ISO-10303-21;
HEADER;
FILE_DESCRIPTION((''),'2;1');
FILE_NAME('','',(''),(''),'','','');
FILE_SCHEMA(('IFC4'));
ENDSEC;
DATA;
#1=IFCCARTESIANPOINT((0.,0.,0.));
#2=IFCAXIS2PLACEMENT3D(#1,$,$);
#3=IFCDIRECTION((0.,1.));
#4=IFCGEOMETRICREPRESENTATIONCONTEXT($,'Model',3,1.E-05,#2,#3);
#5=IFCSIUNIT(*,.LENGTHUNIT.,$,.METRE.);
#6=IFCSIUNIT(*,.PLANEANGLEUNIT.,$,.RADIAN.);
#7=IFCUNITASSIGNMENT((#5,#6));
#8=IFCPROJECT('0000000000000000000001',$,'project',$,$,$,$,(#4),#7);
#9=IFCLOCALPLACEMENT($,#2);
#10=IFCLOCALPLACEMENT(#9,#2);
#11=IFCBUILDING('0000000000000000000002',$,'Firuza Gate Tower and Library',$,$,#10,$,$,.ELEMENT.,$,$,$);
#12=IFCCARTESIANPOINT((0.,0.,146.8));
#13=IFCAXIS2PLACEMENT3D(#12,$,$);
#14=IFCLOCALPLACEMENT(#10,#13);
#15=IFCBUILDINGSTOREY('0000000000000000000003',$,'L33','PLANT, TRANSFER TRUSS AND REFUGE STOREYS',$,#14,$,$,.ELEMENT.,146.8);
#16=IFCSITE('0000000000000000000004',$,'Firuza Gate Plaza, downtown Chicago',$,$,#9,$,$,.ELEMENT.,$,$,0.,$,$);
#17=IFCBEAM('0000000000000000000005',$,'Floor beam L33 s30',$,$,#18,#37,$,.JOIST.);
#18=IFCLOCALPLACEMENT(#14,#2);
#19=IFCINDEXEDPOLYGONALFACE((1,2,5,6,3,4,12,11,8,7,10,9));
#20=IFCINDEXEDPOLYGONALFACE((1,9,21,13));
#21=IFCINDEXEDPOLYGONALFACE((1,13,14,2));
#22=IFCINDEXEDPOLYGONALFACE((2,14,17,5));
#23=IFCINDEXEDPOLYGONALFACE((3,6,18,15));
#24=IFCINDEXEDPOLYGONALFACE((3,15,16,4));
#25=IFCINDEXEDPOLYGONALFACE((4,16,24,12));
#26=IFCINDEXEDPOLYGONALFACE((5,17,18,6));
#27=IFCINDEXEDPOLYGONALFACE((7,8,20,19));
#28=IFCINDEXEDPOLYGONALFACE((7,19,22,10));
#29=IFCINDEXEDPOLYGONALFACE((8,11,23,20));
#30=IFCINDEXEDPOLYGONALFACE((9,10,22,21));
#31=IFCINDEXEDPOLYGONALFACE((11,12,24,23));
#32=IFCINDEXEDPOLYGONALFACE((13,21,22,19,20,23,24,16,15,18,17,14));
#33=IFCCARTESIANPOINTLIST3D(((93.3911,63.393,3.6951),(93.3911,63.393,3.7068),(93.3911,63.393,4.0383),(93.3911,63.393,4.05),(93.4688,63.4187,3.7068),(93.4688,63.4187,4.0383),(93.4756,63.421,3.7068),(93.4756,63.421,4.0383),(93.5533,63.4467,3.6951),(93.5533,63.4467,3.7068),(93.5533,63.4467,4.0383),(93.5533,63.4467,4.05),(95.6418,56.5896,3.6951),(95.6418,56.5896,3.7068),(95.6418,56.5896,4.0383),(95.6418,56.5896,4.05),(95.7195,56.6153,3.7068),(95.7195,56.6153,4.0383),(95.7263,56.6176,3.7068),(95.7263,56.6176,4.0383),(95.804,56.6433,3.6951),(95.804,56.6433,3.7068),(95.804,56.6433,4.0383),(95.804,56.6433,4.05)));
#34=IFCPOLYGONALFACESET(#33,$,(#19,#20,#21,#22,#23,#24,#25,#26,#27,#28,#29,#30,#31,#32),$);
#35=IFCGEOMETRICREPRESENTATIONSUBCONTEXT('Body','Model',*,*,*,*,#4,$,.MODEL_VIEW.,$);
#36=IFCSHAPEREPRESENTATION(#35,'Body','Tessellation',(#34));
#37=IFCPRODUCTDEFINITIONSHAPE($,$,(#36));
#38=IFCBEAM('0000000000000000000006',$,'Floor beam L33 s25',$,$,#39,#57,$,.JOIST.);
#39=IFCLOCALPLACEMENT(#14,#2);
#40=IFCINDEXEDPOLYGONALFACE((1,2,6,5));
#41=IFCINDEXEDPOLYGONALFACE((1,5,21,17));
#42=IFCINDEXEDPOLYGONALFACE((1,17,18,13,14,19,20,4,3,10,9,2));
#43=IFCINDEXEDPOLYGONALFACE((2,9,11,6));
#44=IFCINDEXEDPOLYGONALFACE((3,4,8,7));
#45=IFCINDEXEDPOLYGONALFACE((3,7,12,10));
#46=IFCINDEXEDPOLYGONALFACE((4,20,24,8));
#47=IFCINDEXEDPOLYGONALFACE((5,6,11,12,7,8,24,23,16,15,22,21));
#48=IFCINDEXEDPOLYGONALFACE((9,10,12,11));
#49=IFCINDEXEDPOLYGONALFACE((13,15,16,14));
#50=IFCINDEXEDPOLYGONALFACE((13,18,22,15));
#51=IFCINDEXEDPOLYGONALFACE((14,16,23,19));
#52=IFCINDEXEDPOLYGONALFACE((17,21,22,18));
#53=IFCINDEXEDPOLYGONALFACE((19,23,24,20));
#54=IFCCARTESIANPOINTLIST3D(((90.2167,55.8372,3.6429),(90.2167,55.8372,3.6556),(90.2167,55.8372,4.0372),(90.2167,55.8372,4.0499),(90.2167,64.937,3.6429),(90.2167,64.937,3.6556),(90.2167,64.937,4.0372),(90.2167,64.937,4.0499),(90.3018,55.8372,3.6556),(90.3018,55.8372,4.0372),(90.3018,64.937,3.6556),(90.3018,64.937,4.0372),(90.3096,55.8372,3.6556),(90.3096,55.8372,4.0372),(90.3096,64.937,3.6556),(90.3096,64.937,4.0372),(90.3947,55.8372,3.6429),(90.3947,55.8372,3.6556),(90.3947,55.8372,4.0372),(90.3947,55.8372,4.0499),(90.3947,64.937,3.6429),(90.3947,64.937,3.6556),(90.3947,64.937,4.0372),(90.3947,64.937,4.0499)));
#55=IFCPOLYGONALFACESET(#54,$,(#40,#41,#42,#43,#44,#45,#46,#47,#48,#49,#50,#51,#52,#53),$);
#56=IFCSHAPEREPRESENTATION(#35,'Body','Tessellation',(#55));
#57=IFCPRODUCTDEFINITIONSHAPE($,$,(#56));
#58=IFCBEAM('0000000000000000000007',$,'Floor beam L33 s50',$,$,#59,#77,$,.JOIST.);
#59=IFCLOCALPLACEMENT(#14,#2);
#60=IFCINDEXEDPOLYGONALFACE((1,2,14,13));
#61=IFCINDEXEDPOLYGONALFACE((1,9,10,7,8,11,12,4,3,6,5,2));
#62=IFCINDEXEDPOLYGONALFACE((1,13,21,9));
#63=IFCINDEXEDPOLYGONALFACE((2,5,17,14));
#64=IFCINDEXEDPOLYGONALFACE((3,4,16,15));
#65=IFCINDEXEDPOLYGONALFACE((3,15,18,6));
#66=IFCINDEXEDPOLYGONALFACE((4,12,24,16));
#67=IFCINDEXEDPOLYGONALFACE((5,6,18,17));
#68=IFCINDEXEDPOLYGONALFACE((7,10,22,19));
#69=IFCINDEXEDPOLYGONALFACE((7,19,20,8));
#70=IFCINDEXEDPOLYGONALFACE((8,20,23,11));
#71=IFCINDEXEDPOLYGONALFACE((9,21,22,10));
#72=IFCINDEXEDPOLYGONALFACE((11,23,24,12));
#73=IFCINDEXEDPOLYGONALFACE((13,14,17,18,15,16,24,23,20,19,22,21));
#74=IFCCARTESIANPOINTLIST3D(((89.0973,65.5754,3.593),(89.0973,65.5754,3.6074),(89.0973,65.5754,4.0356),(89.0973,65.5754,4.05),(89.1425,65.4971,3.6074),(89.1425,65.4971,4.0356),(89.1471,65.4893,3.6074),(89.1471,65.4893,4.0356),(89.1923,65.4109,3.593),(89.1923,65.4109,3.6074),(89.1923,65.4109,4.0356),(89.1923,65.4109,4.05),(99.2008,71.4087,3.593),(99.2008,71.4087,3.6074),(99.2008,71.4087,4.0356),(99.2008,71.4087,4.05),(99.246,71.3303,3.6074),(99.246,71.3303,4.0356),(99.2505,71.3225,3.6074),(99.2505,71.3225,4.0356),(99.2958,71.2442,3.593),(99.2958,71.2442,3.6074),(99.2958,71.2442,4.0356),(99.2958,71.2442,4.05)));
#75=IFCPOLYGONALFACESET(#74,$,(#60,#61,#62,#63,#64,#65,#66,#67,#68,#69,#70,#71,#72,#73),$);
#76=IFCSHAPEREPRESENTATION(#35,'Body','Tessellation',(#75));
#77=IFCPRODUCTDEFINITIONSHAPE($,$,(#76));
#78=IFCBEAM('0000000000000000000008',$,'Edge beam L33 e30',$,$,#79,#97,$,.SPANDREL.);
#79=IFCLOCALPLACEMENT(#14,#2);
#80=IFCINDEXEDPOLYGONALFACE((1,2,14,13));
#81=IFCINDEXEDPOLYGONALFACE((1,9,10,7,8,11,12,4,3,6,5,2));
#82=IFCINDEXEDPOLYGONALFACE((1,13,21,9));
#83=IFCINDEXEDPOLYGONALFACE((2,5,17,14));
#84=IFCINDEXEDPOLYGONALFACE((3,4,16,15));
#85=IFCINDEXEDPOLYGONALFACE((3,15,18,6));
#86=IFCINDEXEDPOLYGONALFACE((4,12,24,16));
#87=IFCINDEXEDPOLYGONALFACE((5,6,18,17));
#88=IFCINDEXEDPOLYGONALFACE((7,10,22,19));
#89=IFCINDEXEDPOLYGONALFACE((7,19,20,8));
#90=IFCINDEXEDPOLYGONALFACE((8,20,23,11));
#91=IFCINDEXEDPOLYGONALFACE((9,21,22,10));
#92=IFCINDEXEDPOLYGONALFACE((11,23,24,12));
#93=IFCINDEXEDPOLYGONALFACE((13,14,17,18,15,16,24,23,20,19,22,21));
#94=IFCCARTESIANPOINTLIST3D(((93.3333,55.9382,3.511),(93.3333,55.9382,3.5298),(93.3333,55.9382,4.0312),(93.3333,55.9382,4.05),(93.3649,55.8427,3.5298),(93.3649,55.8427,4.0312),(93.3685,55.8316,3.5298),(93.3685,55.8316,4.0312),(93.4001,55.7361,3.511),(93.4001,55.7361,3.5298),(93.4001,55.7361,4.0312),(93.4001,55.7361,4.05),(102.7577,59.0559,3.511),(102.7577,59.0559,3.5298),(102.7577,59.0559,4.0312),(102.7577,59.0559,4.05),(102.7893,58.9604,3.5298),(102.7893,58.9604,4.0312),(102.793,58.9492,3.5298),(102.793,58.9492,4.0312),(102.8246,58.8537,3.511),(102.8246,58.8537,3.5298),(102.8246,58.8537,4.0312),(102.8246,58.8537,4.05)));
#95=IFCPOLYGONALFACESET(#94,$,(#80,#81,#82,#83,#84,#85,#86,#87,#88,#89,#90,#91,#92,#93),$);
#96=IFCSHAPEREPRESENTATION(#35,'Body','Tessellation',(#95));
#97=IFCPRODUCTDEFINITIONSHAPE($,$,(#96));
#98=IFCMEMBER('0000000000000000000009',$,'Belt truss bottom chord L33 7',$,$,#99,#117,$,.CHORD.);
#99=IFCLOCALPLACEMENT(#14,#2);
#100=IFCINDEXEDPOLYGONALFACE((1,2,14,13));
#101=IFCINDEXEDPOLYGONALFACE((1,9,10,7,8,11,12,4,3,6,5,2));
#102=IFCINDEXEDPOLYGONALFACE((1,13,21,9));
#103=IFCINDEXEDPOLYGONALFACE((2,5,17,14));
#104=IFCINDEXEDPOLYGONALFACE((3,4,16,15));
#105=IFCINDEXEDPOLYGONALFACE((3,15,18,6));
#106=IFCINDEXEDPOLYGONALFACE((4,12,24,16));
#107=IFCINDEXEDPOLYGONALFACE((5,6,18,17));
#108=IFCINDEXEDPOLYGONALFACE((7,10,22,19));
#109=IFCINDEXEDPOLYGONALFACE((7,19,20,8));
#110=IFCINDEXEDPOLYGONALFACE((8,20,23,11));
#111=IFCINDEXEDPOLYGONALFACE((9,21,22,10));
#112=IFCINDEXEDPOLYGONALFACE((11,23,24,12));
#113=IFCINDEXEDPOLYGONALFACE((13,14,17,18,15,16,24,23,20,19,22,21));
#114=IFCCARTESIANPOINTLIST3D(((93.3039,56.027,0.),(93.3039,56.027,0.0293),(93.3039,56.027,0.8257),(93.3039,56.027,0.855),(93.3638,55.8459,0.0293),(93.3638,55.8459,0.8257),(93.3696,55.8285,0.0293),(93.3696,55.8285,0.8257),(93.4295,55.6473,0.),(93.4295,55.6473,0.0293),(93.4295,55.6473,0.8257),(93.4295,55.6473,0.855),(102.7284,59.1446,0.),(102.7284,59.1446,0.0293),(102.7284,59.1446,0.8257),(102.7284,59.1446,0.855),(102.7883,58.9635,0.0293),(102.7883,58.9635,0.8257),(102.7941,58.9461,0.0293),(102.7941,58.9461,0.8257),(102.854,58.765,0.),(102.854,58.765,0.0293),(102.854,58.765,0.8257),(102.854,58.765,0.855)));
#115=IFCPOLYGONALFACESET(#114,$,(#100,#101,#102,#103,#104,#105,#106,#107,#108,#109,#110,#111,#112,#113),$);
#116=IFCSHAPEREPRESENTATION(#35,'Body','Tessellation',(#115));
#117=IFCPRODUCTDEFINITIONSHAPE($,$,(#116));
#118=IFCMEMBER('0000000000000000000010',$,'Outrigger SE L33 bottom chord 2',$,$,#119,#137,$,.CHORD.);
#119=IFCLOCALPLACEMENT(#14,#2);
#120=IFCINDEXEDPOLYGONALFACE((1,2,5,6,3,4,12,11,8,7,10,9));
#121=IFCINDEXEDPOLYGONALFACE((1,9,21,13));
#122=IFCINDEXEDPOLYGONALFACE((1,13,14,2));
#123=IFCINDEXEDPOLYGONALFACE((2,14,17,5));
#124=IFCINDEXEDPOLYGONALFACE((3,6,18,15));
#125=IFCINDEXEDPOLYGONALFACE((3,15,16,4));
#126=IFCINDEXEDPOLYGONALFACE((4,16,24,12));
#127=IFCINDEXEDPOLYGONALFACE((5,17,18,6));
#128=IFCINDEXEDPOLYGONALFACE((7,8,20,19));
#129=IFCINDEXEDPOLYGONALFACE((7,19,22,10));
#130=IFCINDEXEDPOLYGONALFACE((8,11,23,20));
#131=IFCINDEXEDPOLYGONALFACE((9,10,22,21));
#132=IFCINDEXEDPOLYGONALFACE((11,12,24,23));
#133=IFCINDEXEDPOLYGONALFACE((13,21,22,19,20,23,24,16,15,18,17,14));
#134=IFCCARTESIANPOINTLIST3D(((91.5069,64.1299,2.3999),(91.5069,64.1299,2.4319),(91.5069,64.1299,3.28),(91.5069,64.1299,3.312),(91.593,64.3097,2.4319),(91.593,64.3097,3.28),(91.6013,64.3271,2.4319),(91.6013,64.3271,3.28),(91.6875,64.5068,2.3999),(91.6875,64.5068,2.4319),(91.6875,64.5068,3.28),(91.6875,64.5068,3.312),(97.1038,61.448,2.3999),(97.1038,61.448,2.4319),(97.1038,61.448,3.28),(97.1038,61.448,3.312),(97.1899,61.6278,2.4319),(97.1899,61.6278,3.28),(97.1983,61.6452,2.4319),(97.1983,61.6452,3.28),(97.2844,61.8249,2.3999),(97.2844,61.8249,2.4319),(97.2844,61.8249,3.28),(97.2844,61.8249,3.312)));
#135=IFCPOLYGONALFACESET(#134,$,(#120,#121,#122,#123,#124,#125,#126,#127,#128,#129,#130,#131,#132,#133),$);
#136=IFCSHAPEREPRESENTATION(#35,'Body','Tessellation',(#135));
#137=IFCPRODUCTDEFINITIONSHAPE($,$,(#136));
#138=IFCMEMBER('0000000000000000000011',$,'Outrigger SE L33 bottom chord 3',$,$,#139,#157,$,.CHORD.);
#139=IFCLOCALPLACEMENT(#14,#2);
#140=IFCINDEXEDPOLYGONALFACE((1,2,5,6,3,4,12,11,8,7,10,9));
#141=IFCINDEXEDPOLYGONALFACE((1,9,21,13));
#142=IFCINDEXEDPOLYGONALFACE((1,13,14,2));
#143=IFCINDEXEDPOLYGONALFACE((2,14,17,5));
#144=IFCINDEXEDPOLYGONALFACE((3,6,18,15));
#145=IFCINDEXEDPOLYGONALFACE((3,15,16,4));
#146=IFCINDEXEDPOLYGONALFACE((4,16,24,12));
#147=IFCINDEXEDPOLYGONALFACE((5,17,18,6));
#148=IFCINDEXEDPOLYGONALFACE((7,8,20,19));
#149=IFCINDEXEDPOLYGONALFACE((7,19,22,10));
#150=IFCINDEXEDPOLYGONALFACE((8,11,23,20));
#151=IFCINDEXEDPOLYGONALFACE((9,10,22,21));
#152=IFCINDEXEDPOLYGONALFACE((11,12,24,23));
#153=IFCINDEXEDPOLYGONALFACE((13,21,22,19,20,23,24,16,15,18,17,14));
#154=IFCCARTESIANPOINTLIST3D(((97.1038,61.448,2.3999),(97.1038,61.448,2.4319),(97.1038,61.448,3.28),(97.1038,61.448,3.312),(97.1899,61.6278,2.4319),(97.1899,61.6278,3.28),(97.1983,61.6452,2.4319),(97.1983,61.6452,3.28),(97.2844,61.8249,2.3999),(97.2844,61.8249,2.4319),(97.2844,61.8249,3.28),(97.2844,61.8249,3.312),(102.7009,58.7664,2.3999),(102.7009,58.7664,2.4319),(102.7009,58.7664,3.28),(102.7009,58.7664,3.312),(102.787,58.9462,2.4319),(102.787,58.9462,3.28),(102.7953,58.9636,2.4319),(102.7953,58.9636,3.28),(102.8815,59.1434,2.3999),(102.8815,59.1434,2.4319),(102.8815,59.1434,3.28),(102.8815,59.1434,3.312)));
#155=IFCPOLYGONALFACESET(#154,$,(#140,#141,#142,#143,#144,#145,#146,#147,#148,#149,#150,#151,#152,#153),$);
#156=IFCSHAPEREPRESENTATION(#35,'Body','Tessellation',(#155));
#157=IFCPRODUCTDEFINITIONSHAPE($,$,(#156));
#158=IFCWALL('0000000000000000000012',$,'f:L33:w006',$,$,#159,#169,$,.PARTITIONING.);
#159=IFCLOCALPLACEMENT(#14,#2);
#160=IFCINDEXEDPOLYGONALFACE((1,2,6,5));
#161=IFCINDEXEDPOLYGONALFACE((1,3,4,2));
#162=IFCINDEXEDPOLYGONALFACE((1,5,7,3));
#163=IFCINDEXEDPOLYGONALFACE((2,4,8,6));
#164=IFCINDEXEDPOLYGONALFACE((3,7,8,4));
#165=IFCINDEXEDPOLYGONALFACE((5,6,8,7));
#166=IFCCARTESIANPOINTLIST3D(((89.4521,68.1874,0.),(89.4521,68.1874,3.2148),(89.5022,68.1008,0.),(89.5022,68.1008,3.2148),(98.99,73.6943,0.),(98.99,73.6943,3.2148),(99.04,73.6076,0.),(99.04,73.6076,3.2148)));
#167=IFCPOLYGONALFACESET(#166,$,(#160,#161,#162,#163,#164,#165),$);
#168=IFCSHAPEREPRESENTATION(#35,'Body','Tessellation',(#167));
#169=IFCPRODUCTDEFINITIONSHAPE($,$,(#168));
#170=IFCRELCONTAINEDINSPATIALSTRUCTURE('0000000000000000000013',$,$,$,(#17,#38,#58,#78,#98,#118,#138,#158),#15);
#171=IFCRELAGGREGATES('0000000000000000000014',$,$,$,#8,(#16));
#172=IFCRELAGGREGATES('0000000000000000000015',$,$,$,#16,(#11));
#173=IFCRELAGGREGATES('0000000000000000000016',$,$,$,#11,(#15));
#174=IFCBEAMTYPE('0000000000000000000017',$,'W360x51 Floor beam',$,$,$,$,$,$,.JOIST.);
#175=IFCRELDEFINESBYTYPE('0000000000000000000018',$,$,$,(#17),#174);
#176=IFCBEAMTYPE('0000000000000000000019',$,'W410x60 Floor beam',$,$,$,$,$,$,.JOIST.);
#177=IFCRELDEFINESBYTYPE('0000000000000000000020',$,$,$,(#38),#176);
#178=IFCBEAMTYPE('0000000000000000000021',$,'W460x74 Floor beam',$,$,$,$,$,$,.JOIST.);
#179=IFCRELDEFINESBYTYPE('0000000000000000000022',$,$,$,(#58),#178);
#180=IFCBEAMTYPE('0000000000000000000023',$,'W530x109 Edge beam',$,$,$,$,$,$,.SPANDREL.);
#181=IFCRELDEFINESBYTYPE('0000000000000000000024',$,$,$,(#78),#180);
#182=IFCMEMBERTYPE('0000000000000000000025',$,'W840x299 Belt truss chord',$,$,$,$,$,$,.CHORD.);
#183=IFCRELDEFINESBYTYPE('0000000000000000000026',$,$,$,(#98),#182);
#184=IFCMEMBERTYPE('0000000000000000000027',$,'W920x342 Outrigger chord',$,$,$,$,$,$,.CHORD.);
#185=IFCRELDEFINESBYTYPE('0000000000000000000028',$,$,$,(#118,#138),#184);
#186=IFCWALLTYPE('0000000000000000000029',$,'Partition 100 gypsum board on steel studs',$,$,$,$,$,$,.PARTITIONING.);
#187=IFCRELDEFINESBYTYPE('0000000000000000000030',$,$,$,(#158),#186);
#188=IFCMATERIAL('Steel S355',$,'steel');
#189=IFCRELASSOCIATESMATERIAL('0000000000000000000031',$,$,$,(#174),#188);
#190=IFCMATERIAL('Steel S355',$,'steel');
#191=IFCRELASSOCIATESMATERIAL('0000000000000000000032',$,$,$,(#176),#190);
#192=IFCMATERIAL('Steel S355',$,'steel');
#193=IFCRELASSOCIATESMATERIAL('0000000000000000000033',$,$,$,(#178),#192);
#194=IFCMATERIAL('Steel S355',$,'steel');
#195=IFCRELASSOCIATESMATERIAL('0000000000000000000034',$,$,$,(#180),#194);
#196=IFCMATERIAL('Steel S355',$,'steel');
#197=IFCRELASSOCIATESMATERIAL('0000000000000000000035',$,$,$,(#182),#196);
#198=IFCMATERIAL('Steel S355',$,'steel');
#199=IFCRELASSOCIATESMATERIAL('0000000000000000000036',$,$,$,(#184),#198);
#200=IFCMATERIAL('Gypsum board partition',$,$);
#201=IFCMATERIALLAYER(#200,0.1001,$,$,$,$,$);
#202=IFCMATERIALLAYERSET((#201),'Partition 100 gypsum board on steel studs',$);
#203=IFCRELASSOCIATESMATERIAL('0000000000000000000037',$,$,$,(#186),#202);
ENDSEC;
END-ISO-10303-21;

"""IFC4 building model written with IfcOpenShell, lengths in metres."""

from ifc_helpers import new_model, si_unit, direction, frame, frame_2d, origin, origin_2d, place, context, subcontext, project, spatial, rectangle, i_section, extrude, material, layer, layer_set, material_profile, profile_set, type_object, element, save


model = new_model("IFC4")

# Units and contexts
model_context = context("Model", 3, precision=1e-05, world=origin(), true_north=direction((0.0, 1.0)))
body_context = subcontext(model_context, "Body", "Model", "MODEL_VIEW")
ifc_project = project(units=[si_unit("LENGTHUNIT", "METRE"), si_unit("PLANEANGLEUNIT", "RADIAN")], contexts=[model_context])

# Site, building, storey
site_placement = place(None, origin())
site = spatial("IfcSite", under=ifc_project, at=site_placement, Name="Firuza Gate Plaza, downtown Chicago", CompositionType="ELEMENT", RefElevation=0.0)
building_placement = place(site_placement, origin())
building = spatial("IfcBuilding", under=site, at=building_placement, Name="Firuza Gate Tower and Library", CompositionType="ELEMENT")
storey_placement = place(building_placement, frame((0.0, 0.0, 146.8)))
storey = spatial("IfcBuildingStorey", under=building, at=storey_placement, Name="L33", Description="PLANT, TRANSFER TRUSS AND REFUGE STOREYS", CompositionType="ELEMENT", Elevation=146.8)

# Beams
ifc_material_1 = material(Name="Steel S355", Category="steel")
ifc_material_profile_1 = material_profile(ifc_material_1, i_section(OverallWidth=0.1709, OverallDepth=0.355, WebThickness=0.0071, FlangeThickness=0.0117, at=origin_2d()))
ifc_profile_set_1 = profile_set([ifc_material_profile_1], Name="Steel S355")
beam_type_1 = type_object("IfcBeamType", Name="W360x51 Floor beam", PredefinedType="JOIST", material=ifc_profile_set_1)
beam_1_placement = place(storey_placement, frame((95.7229, 56.6165, 3.8726), z_axis=(-0.314081, 0.949396, 0.0), x_axis=(-0.949396, -0.314081, 0.0)))
element("IfcBeam", 1, at=beam_1_placement, inside=storey, type_object=beam_type_1, Name="Floor beam L33 s30", PredefinedType="JOIST", context=body_context, shape_type="SweptSolid", body=[
    extrude(i_section(OverallWidth=0.1709, OverallDepth=0.355, WebThickness=0.0071, FlangeThickness=0.0117, at=origin_2d()), origin(), (0.0, 0.0, 1.0), 7.166),
])
ifc_material_2 = material(Name="Steel S355", Category="steel")
ifc_material_profile_2 = material_profile(ifc_material_2, i_section(OverallWidth=0.178, OverallDepth=0.407, WebThickness=0.0078, FlangeThickness=0.0127, at=origin_2d()))
ifc_profile_set_2 = profile_set([ifc_material_profile_2], Name="Steel S355")
beam_type_2 = type_object("IfcBeamType", Name="W410x60 Floor beam", PredefinedType="JOIST", material=ifc_profile_set_2)
beam_2_placement = place(storey_placement, frame((90.3057, 55.8372, 3.8464), z_axis=(0.0, 1.0, 0.0), x_axis=(-1.0, 0.0, 0.0)))
element("IfcBeam", 2, at=beam_2_placement, inside=storey, type_object=beam_type_2, Name="Floor beam L33 s25", PredefinedType="JOIST", context=body_context, shape_type="SweptSolid", body=[
    extrude(i_section(OverallWidth=0.178, OverallDepth=0.407, WebThickness=0.0078, FlangeThickness=0.0127, at=origin_2d()), origin(), (0.0, 0.0, 1.0), 9.0999),
])
ifc_material_3 = material(Name="Steel S355", Category="steel")
ifc_material_profile_3 = material_profile(ifc_material_3, i_section(OverallWidth=0.1899, OverallDepth=0.457, WebThickness=0.009, FlangeThickness=0.0144, at=origin_2d()))
ifc_profile_set_3 = profile_set([ifc_material_profile_3], Name="Steel S355")
beam_type_3 = type_object("IfcBeamType", Name="W460x74 Floor beam", PredefinedType="JOIST", material=ifc_profile_set_3)
beam_3_placement = place(storey_placement, frame((99.2483, 71.3264, 3.8215), z_axis=(-0.866026, -0.499999, 0.0), x_axis=(0.499999, -0.866026, 0.0)))
element("IfcBeam", 3, at=beam_3_placement, inside=storey, type_object=beam_type_3, Name="Floor beam L33 s50", PredefinedType="JOIST", context=body_context, shape_type="SweptSolid", body=[
    extrude(i_section(OverallWidth=0.1899, OverallDepth=0.457, WebThickness=0.009, FlangeThickness=0.0144, at=origin_2d()), origin(), (0.0, 0.0, 1.0), 11.6665),
])
ifc_material_4 = material(Name="Steel S355", Category="steel")
ifc_material_profile_4 = material_profile(ifc_material_4, i_section(OverallWidth=0.2129, OverallDepth=0.5391, WebThickness=0.0117, FlangeThickness=0.0188, at=origin_2d()))
ifc_profile_set_4 = profile_set([ifc_material_profile_4], Name="Steel S355")
beam_type_4 = type_object("IfcBeamType", Name="W530x109 Edge beam", PredefinedType="SPANDREL", material=ifc_profile_set_4)
beam_4_placement = place(storey_placement, frame((93.3667, 55.8372, 3.7805), z_axis=(0.949401, 0.314065, 0.0), x_axis=(-0.314065, 0.949401, 0.0)))
element("IfcBeam", 4, at=beam_4_placement, inside=storey, type_object=beam_type_4, Name="Edge beam L33 e30", PredefinedType="SPANDREL", context=body_context, shape_type="SweptSolid", body=[
    extrude(i_section(OverallWidth=0.2129, OverallDepth=0.5391, WebThickness=0.0117, FlangeThickness=0.0188, at=origin_2d()), origin(), (0.0, 0.0, 1.0), 9.9268),
])

# Members
ifc_material_5 = material(Name="Steel S355", Category="steel")
ifc_material_profile_5 = material_profile(ifc_material_5, i_section(OverallWidth=0.3999, OverallDepth=0.855, WebThickness=0.0183, FlangeThickness=0.0293, at=origin_2d()))
ifc_profile_set_5 = profile_set([ifc_material_profile_5], Name="Steel S355")
member_type_1 = type_object("IfcMemberType", Name="W840x299 Belt truss chord", PredefinedType="CHORD", material=ifc_profile_set_5)
member_1_placement = place(storey_placement, frame((93.3667, 55.8372, 0.4275), z_axis=(0.949401, 0.314065, 0.0), x_axis=(-0.314065, 0.949401, 0.0)))
element("IfcMember", 5, at=member_1_placement, inside=storey, type_object=member_type_1, Name="Belt truss bottom chord L33 7", PredefinedType="CHORD", context=body_context, shape_type="SweptSolid", body=[
    extrude(i_section(OverallWidth=0.3999, OverallDepth=0.855, WebThickness=0.0183, FlangeThickness=0.0293, at=origin_2d()), origin(), (0.0, 0.0, 1.0), 9.9268),
])
ifc_material_6 = material(Name="Steel S355", Category="steel")
ifc_material_profile_6 = material_profile(ifc_material_6, i_section(OverallWidth=0.418, OverallDepth=0.9121, WebThickness=0.0193, FlangeThickness=0.032, at=origin_2d()))
ifc_profile_set_6 = profile_set([ifc_material_profile_6], Name="Steel S355")
member_type_2 = type_object("IfcMemberType", Name="W920x342 Outrigger chord", PredefinedType="CHORD", material=ifc_profile_set_6)
for number, where, z_axis, x_axis, name in (
    (6, (91.5972, 64.3184, 2.856), (0.901814, -0.432124, 0.0), (0.432124, 0.901814, 0.0), "Outrigger SE L33 bottom chord 2"),
    (7, (97.1941, 61.6365, 2.856), (0.901837, -0.432076, 0.0), (0.432076, 0.901837, 0.0), "Outrigger SE L33 bottom chord 3"),
):
    element("IfcMember", number, at=place(storey_placement, frame(where, z_axis=z_axis, x_axis=x_axis)), inside=storey, type_object=member_type_2, Name=name, PredefinedType="CHORD", context=body_context, shape_type="SweptSolid", body=[
        extrude(i_section(OverallWidth=0.418, OverallDepth=0.9121, WebThickness=0.0193, FlangeThickness=0.032, at=origin_2d()), origin(), (0.0, 0.0, 1.0), 6.2063),
    ])

# Wall
ifc_material_7 = material(Name="Gypsum board partition")
ifc_layer = layer(ifc_material_7, 0.1001)
ifc_layer_set = layer_set([ifc_layer], Name="Partition 100 gypsum board on steel studs")
wall_type = type_object("IfcWallType", Name="Partition 100 gypsum board on steel studs", PredefinedType="PARTITIONING", material=ifc_layer_set)
wall_1_placement = place(storey_placement, frame((89.4771, 68.144, 0.0), z_axis=(0.0, 0.0, 1.0), x_axis=(0.866019, 0.500011, 0.0)))
element("IfcWall", 8, at=wall_1_placement, inside=storey, type_object=wall_type, Name="f:L33:w006", PredefinedType="PARTITIONING", context=body_context, shape_type="SweptSolid", body=[
    extrude(rectangle(XDim=11.0134, YDim=0.1001, at=frame_2d((5.5068, 0.0))), origin(), (0.0, 0.0, 1.0), 3.2148),
])

save(model, "model.ifc")
